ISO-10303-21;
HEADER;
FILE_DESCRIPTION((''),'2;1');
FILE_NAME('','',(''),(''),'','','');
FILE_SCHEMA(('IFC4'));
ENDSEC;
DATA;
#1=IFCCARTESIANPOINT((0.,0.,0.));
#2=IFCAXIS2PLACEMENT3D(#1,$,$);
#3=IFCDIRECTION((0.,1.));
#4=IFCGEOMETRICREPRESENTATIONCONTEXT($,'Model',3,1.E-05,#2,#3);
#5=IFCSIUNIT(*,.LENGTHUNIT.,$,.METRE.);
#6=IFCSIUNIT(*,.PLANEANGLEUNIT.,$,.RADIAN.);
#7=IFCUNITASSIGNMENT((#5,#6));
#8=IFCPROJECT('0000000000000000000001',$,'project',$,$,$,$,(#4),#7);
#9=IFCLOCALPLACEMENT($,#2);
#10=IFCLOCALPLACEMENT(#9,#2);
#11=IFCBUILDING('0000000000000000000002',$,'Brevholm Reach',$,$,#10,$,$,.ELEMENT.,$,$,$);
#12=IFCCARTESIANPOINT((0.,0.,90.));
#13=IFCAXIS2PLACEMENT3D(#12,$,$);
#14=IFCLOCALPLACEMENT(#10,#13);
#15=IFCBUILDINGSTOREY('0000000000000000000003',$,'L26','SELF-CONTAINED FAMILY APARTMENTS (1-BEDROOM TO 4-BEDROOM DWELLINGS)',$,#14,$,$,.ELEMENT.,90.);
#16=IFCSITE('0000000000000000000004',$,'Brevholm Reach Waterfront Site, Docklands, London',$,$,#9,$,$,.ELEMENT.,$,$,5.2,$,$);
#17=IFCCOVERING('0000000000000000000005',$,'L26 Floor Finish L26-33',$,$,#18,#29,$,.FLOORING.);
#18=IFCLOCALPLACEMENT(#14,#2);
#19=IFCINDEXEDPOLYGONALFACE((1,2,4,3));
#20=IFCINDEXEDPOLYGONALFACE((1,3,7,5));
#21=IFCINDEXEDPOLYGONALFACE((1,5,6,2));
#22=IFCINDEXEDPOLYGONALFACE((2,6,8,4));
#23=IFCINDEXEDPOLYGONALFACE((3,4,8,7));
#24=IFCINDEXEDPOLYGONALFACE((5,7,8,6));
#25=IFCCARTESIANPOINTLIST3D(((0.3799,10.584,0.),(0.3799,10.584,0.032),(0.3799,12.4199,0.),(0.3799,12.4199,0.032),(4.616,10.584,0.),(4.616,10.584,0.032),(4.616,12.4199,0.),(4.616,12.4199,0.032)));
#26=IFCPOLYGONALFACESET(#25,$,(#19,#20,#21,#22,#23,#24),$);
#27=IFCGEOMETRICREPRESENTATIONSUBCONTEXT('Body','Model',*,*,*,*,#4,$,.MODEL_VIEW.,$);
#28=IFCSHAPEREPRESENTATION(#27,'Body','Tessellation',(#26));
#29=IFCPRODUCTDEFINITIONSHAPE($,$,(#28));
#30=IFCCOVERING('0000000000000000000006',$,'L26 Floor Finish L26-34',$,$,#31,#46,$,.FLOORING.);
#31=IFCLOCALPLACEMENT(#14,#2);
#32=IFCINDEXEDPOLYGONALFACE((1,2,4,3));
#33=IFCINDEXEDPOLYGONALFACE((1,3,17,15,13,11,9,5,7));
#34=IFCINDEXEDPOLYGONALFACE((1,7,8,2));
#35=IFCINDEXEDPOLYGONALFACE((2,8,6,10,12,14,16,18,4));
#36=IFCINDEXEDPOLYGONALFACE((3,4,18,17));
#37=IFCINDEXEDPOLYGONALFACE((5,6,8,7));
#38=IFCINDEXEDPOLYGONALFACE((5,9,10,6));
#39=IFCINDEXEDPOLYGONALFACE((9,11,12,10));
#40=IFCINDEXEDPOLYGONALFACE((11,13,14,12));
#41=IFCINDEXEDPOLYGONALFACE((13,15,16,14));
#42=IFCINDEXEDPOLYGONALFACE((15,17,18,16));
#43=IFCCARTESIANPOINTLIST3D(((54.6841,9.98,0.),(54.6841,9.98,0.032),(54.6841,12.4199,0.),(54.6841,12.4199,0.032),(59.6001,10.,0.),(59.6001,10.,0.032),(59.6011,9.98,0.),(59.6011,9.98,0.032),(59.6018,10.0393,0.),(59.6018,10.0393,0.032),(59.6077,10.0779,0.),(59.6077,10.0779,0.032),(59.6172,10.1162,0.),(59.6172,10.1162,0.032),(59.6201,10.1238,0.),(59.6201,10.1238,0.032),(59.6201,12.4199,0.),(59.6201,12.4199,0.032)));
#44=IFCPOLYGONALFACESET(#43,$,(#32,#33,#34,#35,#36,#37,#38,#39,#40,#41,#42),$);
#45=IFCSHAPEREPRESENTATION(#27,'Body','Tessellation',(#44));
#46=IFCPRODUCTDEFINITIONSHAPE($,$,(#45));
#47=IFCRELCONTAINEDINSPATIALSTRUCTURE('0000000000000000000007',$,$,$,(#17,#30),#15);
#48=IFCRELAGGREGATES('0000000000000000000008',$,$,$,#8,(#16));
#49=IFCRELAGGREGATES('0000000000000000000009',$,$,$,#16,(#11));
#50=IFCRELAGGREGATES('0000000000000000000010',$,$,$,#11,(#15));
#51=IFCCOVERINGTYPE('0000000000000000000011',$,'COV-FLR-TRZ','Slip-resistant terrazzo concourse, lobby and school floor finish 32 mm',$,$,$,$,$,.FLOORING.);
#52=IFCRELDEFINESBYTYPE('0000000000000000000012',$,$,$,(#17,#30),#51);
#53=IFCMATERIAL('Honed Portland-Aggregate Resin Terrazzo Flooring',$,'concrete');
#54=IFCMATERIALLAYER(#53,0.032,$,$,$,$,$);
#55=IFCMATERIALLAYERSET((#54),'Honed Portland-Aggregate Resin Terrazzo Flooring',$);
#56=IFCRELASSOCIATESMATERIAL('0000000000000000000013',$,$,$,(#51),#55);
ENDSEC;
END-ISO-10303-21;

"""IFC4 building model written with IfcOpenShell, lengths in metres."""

from ifc_helpers import new_model, si_unit, direction, frame, origin, place, context, subcontext, project, spatial, polyline, outline, extrude, material, layer, layer_set, type_object, element, save


model = new_model("IFC4")

# Units and contexts
model_context = context("Model", 3, precision=1e-05, world=origin(), true_north=direction((0.0, 1.0)))
body_context = subcontext(model_context, "Body", "Model", "MODEL_VIEW")
ifc_project = project(units=[si_unit("LENGTHUNIT", "METRE"), si_unit("PLANEANGLEUNIT", "RADIAN")], contexts=[model_context])

# Site, building, storey
site_placement = place(None, origin())
site = spatial("IfcSite", under=ifc_project, at=site_placement, Name="Brevholm Reach Waterfront Site, Docklands, London", CompositionType="ELEMENT", RefElevation=5.2)
building_placement = place(site_placement, origin())
building = spatial("IfcBuilding", under=site, at=building_placement, Name="Brevholm Reach", CompositionType="ELEMENT")
storey_placement = place(building_placement, frame((0.0, 0.0, 90.0)))
storey = spatial("IfcBuildingStorey", under=building, at=storey_placement, Name="L26", Description="SELF-CONTAINED FAMILY APARTMENTS (1-BEDROOM TO 4-BEDROOM DWELLINGS)", CompositionType="ELEMENT", Elevation=90.0)

# Coverings
ifc_material_1 = material(Name="Honed Portland-Aggregate Resin Terrazzo Flooring", Category="concrete")
ifc_layer_1 = layer(ifc_material_1, 0.032)
ifc_layer_set_1 = layer_set([ifc_layer_1], Name="Honed Portland-Aggregate Resin Terrazzo Flooring")
covering_type_1 = type_object("IfcCoveringType", Name="COV-FLR-TRZ", Description="Slip-resistant terrazzo concourse, lobby and school floor finish 32 mm", PredefinedType="FLOORING", material=ifc_layer_set_1)
covering_1_placement = place(storey_placement, origin())
element("IfcCovering", 1, at=covering_1_placement, inside=storey, type_object=covering_type_1, Name="L26 Floor Finish L26-33", PredefinedType="FLOORING", context=body_context, shape_type="SweptSolid", body=[
    extrude(outline(polyline([(0.3799, 12.4199), (4.616, 12.4199), (4.616, 10.584), (0.3799, 10.584), (0.3799, 12.4199)])), origin(), (0.0, 0.0, 1.0), 0.032),
])
covering_2_placement = place(storey_placement, origin())
element("IfcCovering", 2, at=covering_2_placement, inside=storey, type_object=covering_type_1, Name="L26 Floor Finish L26-34", PredefinedType="FLOORING", context=body_context, shape_type="SweptSolid", body=[
    extrude(outline(polyline([(59.6201, 12.4199), (59.6201, 10.1238), (59.6172, 10.1162), (59.6077, 10.0779), (59.6018, 10.0393), (59.6001, 10.0), (59.6011, 9.98), (54.6841, 9.98), (54.6841, 12.4199), (59.6201, 12.4199)])), origin(), (0.0, 0.0, 1.0), 0.032),
])

save(model, "model.ifc")
